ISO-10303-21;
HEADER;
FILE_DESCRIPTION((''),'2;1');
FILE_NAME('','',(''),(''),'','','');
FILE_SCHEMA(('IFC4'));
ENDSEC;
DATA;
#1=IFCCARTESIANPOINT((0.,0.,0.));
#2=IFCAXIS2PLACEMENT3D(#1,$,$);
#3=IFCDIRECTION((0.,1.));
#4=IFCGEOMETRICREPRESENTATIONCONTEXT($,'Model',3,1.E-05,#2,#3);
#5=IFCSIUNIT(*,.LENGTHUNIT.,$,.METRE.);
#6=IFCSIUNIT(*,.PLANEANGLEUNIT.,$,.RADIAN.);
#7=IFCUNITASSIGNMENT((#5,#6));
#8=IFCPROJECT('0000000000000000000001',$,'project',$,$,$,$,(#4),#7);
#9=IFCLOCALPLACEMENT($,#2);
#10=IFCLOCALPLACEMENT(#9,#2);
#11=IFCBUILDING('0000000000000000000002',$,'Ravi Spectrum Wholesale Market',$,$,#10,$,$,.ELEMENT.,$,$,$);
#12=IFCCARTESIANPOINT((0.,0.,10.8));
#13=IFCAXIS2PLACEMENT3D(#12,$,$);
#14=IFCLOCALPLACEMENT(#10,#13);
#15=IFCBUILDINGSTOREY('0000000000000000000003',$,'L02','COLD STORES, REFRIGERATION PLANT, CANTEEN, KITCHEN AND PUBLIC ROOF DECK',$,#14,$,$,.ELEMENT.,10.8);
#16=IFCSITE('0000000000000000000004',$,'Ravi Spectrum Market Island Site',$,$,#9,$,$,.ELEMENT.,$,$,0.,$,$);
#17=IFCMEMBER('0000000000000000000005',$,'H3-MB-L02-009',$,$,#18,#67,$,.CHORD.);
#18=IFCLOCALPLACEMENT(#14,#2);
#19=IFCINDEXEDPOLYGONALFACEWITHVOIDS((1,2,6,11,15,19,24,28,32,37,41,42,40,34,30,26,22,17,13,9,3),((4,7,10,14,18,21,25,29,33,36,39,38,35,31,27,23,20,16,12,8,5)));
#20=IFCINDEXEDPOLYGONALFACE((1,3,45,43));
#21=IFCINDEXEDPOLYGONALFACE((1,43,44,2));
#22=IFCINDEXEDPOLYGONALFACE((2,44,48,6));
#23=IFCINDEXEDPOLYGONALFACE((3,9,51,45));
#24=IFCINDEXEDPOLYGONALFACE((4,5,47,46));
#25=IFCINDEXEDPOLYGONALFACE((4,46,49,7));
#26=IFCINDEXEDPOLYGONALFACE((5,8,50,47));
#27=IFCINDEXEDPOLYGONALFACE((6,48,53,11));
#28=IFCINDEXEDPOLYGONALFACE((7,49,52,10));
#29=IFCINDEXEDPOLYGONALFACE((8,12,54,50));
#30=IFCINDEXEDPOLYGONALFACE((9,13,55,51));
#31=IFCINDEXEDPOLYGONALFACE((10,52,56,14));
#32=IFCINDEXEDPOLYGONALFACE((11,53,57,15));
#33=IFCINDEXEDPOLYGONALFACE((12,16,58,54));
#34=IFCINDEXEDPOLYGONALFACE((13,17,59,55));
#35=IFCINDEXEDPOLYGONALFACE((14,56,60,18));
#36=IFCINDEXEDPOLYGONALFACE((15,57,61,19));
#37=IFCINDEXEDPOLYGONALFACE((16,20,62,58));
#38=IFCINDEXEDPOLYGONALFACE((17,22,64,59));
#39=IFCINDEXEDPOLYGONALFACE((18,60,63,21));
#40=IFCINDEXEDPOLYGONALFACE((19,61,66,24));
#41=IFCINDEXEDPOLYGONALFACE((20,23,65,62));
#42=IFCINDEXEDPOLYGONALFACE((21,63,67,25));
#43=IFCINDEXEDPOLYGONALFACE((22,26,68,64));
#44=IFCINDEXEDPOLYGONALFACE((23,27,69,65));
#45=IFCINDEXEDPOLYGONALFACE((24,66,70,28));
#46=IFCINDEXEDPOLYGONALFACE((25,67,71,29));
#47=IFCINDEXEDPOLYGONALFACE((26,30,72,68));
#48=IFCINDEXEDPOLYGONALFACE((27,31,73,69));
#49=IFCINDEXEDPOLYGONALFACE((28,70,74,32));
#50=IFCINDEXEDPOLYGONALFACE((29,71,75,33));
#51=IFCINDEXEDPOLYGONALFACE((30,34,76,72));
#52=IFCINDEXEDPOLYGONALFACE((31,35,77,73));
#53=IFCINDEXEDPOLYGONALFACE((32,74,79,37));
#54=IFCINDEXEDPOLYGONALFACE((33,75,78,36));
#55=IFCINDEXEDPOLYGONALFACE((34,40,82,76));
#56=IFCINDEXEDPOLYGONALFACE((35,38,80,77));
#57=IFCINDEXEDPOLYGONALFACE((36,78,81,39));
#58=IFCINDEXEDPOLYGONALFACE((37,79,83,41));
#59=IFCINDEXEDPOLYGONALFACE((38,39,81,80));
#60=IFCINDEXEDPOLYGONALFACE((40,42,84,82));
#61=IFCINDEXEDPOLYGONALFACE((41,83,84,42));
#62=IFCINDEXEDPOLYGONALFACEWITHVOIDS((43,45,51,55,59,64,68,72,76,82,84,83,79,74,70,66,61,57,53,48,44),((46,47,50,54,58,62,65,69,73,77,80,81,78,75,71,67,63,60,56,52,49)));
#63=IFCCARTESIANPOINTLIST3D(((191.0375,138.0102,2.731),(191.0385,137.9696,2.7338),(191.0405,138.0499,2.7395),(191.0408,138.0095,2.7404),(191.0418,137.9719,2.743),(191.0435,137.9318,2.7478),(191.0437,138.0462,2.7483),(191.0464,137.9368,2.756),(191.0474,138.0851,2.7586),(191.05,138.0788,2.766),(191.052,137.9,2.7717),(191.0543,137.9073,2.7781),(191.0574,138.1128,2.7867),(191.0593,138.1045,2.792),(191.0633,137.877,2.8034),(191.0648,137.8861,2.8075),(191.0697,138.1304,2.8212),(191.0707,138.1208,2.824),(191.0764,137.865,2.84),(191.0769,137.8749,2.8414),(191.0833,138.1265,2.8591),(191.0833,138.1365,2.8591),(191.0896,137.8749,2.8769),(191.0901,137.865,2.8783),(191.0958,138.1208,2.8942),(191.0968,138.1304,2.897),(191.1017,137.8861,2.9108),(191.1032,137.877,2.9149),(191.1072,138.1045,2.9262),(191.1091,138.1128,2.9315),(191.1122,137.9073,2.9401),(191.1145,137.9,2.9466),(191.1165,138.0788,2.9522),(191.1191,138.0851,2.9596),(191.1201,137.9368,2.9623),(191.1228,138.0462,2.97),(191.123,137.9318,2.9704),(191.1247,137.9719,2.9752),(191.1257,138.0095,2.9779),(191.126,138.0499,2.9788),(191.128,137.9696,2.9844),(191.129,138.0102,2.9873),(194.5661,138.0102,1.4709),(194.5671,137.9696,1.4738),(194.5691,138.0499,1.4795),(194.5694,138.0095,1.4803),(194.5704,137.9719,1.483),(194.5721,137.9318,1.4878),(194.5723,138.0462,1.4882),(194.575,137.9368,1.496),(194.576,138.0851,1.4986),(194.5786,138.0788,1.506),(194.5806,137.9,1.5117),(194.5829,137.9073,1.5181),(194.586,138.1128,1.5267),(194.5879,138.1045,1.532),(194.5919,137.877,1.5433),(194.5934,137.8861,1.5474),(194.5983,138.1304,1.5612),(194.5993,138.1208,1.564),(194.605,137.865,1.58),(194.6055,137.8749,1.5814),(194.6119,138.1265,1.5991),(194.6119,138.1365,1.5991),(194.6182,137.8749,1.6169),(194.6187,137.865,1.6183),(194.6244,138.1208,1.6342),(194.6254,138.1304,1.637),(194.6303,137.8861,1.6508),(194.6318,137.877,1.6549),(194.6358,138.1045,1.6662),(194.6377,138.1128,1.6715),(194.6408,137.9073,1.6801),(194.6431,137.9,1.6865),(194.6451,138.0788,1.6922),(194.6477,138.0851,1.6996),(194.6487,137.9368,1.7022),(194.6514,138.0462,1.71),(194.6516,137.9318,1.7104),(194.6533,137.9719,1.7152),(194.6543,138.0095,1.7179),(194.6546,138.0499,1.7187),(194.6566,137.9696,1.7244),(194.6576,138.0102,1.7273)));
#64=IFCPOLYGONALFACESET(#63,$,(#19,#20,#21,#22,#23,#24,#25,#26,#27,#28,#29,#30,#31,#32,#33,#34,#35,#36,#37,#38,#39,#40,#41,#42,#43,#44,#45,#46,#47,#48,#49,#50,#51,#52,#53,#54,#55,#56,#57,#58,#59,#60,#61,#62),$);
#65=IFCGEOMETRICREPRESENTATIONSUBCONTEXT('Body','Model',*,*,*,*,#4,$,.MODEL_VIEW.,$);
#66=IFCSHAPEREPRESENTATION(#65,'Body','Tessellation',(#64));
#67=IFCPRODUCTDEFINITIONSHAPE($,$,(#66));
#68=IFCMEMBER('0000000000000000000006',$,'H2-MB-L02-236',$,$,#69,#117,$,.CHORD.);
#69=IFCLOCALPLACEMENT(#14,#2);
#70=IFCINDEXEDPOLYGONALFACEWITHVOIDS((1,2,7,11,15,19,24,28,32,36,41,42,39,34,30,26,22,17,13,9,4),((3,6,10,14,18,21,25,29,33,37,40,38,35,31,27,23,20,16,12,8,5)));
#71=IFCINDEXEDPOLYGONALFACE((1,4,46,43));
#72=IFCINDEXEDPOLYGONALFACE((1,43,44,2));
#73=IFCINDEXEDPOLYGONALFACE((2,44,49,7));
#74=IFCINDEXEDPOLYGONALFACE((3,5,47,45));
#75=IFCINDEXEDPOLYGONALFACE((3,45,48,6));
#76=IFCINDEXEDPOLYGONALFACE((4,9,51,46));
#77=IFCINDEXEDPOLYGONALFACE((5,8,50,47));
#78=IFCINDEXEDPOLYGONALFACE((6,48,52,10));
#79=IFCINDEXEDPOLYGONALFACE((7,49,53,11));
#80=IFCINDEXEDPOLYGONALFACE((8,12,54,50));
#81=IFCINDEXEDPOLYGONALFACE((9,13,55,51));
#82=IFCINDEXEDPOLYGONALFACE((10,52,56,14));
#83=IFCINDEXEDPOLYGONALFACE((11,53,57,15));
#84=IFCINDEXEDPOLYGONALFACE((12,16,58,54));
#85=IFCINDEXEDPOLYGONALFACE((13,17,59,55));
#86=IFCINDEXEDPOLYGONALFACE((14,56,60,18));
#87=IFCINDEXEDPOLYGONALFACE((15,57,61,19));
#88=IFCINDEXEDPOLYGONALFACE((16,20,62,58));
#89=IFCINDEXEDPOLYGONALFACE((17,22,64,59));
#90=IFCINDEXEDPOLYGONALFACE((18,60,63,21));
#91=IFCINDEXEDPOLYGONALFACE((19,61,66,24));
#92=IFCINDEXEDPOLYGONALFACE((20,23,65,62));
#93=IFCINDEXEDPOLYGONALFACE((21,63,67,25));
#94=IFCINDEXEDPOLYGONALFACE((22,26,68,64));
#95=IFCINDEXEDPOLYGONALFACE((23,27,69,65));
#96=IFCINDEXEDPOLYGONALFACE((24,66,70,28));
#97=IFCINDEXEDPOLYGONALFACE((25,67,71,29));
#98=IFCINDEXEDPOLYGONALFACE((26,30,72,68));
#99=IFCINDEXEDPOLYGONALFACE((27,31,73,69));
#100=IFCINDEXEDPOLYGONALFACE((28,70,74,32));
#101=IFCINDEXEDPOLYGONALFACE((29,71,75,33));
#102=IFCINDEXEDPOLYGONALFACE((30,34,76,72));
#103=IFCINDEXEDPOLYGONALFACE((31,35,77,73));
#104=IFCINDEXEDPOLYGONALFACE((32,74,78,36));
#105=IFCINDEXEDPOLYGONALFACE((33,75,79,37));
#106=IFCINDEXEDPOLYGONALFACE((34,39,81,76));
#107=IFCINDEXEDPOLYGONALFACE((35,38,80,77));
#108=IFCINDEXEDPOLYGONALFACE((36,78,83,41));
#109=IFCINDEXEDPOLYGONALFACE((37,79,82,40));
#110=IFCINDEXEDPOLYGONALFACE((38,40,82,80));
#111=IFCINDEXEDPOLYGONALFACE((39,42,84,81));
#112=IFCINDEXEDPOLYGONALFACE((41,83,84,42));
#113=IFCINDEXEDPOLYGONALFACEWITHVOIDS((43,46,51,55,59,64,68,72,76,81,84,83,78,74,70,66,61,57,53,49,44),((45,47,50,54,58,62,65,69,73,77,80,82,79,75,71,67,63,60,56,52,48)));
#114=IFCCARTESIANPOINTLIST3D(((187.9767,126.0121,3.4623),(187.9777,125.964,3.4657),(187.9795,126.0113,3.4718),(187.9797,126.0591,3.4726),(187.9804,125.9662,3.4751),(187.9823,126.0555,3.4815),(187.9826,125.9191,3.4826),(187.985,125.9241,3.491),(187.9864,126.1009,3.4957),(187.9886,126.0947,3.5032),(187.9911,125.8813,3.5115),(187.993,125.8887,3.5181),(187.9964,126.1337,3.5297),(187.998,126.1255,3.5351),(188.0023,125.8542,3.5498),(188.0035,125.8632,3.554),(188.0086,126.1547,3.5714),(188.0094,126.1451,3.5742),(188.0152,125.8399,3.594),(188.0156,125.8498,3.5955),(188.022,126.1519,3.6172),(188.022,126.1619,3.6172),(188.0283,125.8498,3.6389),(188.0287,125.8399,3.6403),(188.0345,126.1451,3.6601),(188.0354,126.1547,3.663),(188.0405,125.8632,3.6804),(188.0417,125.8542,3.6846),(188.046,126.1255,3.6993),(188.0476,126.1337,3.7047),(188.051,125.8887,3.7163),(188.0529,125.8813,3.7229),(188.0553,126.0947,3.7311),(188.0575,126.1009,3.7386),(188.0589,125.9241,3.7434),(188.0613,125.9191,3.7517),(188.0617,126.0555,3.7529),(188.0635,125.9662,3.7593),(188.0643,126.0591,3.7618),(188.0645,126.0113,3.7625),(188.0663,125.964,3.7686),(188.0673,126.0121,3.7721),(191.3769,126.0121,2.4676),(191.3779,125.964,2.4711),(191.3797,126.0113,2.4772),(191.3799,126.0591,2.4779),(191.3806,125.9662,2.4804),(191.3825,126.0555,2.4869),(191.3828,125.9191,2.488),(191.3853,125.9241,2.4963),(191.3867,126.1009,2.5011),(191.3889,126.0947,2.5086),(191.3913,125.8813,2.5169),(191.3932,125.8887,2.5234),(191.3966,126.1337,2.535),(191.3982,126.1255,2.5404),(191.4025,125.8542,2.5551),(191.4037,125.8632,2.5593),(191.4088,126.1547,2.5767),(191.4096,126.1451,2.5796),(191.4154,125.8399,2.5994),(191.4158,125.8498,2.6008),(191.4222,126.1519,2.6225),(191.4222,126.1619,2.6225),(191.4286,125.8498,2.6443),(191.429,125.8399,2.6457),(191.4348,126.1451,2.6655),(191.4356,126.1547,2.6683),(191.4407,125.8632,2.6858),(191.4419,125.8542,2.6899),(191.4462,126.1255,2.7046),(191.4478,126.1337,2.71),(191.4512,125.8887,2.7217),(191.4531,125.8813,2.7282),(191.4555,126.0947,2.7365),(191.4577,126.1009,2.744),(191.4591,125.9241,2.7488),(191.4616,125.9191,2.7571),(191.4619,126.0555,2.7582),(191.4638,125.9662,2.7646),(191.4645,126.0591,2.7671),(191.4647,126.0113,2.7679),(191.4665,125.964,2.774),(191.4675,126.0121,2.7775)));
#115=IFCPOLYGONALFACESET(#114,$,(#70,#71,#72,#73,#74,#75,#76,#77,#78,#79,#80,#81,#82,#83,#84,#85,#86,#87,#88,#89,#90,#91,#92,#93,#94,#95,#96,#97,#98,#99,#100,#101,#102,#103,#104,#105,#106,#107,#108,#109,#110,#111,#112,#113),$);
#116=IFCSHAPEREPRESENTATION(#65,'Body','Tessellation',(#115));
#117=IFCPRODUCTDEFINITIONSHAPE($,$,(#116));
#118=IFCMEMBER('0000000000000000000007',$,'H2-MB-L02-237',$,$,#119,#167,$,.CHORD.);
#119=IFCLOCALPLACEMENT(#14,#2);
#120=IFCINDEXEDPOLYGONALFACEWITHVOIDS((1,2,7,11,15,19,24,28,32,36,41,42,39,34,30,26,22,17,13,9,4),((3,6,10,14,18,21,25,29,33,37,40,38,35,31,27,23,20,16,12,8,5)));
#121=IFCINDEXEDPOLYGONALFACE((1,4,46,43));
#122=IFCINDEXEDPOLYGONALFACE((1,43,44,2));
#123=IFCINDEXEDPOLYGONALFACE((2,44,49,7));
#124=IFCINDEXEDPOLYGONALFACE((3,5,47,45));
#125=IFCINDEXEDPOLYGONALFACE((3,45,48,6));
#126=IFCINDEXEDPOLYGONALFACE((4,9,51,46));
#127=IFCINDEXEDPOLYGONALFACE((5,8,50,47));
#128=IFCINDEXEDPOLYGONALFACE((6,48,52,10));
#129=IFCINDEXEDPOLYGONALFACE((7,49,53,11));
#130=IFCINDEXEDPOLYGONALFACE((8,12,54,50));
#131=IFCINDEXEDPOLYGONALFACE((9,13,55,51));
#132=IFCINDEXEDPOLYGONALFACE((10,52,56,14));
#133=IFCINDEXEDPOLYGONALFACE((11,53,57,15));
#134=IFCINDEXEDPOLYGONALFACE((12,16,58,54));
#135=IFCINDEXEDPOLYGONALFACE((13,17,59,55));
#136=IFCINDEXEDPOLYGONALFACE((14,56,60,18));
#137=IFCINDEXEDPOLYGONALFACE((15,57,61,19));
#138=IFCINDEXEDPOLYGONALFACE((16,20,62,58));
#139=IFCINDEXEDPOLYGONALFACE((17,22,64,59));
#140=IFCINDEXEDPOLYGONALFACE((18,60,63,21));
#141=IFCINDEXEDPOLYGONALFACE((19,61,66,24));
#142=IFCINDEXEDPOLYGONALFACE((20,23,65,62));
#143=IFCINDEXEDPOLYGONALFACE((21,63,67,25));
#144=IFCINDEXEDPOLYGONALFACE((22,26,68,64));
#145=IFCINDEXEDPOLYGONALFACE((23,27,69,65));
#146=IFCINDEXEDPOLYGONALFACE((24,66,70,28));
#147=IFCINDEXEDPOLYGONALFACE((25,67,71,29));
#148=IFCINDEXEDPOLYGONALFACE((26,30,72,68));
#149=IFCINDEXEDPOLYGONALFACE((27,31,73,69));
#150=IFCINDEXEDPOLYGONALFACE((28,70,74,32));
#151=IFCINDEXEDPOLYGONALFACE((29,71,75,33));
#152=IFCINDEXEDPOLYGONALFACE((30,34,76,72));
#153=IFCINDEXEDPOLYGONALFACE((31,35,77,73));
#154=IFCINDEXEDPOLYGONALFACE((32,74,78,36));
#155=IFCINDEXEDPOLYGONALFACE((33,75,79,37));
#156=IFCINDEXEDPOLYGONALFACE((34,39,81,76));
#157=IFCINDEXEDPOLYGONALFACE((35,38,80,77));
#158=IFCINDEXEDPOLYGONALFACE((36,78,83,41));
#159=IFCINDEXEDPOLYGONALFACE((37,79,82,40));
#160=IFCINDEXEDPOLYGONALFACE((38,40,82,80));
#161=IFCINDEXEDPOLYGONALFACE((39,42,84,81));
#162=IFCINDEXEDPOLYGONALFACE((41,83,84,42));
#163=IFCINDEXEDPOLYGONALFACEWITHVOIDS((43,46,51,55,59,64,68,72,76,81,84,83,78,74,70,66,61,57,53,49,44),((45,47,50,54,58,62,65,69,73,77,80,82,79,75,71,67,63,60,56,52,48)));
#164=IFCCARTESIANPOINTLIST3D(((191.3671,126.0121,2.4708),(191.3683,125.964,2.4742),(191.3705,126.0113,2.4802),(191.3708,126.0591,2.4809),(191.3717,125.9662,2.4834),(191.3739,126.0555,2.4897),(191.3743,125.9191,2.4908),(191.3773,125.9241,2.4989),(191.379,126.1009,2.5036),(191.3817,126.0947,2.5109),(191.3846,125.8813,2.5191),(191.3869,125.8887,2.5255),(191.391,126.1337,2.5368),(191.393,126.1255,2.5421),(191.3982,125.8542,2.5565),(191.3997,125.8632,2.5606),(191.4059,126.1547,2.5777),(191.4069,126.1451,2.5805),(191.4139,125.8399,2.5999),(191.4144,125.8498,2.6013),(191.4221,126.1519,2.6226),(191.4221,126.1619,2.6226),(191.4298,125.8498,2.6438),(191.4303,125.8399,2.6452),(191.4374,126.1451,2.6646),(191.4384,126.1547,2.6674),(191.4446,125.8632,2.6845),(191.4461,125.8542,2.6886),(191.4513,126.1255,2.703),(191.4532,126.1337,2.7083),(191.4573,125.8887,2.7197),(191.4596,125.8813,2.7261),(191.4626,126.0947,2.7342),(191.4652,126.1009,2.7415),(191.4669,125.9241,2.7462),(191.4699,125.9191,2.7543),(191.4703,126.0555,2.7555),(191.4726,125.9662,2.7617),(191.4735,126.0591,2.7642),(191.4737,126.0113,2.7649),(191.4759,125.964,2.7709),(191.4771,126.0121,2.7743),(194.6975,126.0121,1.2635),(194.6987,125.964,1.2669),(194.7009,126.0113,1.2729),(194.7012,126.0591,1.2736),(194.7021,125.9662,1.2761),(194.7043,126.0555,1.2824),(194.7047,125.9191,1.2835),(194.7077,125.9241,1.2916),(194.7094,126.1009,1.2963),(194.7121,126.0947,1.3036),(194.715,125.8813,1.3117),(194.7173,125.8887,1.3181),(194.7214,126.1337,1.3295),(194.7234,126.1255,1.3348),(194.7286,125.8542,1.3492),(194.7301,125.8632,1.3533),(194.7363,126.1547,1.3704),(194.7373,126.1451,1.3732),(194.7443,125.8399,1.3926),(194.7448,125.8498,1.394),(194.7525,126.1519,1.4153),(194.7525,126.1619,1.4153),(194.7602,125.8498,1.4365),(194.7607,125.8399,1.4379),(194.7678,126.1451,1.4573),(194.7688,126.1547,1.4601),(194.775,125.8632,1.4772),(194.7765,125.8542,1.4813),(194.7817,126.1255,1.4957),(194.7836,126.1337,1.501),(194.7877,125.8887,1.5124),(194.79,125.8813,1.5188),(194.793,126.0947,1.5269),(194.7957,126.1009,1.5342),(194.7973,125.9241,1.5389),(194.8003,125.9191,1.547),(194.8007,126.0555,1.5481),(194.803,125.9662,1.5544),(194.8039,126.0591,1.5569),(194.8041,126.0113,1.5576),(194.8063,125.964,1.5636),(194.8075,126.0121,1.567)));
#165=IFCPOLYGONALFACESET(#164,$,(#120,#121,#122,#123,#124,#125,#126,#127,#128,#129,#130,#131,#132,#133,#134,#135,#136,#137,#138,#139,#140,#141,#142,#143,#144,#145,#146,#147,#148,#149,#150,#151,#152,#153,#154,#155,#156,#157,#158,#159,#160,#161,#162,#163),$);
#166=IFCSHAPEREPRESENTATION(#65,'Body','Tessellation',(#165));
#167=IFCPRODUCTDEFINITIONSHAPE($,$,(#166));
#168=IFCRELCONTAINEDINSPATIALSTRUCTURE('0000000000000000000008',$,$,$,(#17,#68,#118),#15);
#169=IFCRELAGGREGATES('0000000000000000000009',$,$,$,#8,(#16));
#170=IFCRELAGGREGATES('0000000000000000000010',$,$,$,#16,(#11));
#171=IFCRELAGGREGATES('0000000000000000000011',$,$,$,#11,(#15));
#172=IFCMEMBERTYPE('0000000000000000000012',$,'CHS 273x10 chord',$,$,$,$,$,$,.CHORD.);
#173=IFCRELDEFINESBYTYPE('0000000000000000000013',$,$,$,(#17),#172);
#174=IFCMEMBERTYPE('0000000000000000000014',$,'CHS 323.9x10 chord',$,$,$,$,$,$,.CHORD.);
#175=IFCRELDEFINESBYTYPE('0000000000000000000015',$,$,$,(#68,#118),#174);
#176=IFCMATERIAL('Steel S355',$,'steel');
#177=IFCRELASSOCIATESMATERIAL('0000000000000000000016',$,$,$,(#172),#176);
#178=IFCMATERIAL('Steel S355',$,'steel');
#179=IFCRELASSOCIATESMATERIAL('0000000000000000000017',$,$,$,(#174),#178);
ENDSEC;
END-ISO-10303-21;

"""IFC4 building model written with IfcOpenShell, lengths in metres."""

from ifc_helpers import new_model, si_unit, direction, frame, origin, origin_2d, place, context, subcontext, project, spatial, hollow_circle, extrude, material, material_profile, profile_set, type_object, element, save


model = new_model("IFC4")

# Units and contexts
model_context = context("Model", 3, precision=1e-05, world=origin(), true_north=direction((0.0, 1.0)))
body_context = subcontext(model_context, "Body", "Model", "MODEL_VIEW")
ifc_project = project(units=[si_unit("LENGTHUNIT", "METRE"), si_unit("PLANEANGLEUNIT", "RADIAN")], contexts=[model_context])

# Site, building, storey
site_placement = place(None, origin())
site = spatial("IfcSite", under=ifc_project, at=site_placement, Name="Ravi Spectrum Market Island Site", CompositionType="ELEMENT", RefElevation=0.0)
building_placement = place(site_placement, origin())
building = spatial("IfcBuilding", under=site, at=building_placement, Name="Ravi Spectrum Wholesale Market", CompositionType="ELEMENT")
storey_placement = place(building_placement, frame((0.0, 0.0, 10.8)))
storey = spatial("IfcBuildingStorey", under=building, at=storey_placement, Name="L02", Description="COLD STORES, REFRIGERATION PLANT, CANTEEN, KITCHEN AND PUBLIC ROOF DECK", CompositionType="ELEMENT", Elevation=10.8)

# Members
ifc_material_1 = material(Name="Steel S355", Category="steel")
ifc_material_profile_1 = material_profile(ifc_material_1, hollow_circle(Radius=0.1365, WallThickness=0.01, at=origin_2d()))
ifc_profile_set_1 = profile_set([ifc_material_profile_1], Name="Steel S355")
member_type_1 = type_object("IfcMemberType", Name="CHS 273x10 chord", PredefinedType="CHORD", material=ifc_profile_set_1)
member_1_placement = place(storey_placement, frame((191.0833, 138.0, 2.8591), z_axis=(0.941758, 0.0, -0.336291), x_axis=(0.0, 1.0, 0.0)))
element("IfcMember", 1, at=member_1_placement, inside=storey, type_object=member_type_1, Name="H3-MB-L02-009", PredefinedType="CHORD", context=body_context, shape_type="SweptSolid", body=[
    extrude(hollow_circle(Radius=0.1365, WallThickness=0.01, at=origin_2d()), origin(), (0.0, 0.0, 1.0), 3.7468),
])
ifc_material_2 = material(Name="Steel S355", Category="steel")
ifc_material_profile_2 = material_profile(ifc_material_2, hollow_circle(Radius=0.1619, WallThickness=0.01, at=origin_2d()))
ifc_profile_set_2 = profile_set([ifc_material_profile_2], Name="Steel S355")
member_type_2 = type_object("IfcMemberType", Name="CHS 323.9x10 chord", PredefinedType="CHORD", material=ifc_profile_set_2)
member_2_placement = place(storey_placement, frame((188.022, 126.0, 3.6172), z_axis=(0.959778, 0.0, -0.280759), x_axis=(0.0, 1.0, 0.0)))
element("IfcMember", 2, at=member_2_placement, inside=storey, type_object=member_type_2, Name="H2-MB-L02-236", PredefinedType="CHORD", context=body_context, shape_type="SweptSolid", body=[
    extrude(hollow_circle(Radius=0.1619, WallThickness=0.01, at=origin_2d()), origin(), (0.0, 0.0, 1.0), 3.5427),
])
for number, where, z_axis, x_axis, name in (
    (3, (191.4221, 126.0, 2.6226), (0.940133, 0.0, -0.340808), (0.0, 1.0, 0.0), "H2-MB-L02-237"),
):
    element("IfcMember", number, at=place(storey_placement, frame(where, z_axis=z_axis, x_axis=x_axis)), inside=storey, type_object=member_type_2, Name=name, PredefinedType="CHORD", context=body_context, shape_type="SweptSolid", body=[
        extrude(hollow_circle(Radius=0.1619, WallThickness=0.01, at=origin_2d()), origin(), (0.0, 0.0, 1.0), 3.5425),
    ])

save(model, "model.ifc")
